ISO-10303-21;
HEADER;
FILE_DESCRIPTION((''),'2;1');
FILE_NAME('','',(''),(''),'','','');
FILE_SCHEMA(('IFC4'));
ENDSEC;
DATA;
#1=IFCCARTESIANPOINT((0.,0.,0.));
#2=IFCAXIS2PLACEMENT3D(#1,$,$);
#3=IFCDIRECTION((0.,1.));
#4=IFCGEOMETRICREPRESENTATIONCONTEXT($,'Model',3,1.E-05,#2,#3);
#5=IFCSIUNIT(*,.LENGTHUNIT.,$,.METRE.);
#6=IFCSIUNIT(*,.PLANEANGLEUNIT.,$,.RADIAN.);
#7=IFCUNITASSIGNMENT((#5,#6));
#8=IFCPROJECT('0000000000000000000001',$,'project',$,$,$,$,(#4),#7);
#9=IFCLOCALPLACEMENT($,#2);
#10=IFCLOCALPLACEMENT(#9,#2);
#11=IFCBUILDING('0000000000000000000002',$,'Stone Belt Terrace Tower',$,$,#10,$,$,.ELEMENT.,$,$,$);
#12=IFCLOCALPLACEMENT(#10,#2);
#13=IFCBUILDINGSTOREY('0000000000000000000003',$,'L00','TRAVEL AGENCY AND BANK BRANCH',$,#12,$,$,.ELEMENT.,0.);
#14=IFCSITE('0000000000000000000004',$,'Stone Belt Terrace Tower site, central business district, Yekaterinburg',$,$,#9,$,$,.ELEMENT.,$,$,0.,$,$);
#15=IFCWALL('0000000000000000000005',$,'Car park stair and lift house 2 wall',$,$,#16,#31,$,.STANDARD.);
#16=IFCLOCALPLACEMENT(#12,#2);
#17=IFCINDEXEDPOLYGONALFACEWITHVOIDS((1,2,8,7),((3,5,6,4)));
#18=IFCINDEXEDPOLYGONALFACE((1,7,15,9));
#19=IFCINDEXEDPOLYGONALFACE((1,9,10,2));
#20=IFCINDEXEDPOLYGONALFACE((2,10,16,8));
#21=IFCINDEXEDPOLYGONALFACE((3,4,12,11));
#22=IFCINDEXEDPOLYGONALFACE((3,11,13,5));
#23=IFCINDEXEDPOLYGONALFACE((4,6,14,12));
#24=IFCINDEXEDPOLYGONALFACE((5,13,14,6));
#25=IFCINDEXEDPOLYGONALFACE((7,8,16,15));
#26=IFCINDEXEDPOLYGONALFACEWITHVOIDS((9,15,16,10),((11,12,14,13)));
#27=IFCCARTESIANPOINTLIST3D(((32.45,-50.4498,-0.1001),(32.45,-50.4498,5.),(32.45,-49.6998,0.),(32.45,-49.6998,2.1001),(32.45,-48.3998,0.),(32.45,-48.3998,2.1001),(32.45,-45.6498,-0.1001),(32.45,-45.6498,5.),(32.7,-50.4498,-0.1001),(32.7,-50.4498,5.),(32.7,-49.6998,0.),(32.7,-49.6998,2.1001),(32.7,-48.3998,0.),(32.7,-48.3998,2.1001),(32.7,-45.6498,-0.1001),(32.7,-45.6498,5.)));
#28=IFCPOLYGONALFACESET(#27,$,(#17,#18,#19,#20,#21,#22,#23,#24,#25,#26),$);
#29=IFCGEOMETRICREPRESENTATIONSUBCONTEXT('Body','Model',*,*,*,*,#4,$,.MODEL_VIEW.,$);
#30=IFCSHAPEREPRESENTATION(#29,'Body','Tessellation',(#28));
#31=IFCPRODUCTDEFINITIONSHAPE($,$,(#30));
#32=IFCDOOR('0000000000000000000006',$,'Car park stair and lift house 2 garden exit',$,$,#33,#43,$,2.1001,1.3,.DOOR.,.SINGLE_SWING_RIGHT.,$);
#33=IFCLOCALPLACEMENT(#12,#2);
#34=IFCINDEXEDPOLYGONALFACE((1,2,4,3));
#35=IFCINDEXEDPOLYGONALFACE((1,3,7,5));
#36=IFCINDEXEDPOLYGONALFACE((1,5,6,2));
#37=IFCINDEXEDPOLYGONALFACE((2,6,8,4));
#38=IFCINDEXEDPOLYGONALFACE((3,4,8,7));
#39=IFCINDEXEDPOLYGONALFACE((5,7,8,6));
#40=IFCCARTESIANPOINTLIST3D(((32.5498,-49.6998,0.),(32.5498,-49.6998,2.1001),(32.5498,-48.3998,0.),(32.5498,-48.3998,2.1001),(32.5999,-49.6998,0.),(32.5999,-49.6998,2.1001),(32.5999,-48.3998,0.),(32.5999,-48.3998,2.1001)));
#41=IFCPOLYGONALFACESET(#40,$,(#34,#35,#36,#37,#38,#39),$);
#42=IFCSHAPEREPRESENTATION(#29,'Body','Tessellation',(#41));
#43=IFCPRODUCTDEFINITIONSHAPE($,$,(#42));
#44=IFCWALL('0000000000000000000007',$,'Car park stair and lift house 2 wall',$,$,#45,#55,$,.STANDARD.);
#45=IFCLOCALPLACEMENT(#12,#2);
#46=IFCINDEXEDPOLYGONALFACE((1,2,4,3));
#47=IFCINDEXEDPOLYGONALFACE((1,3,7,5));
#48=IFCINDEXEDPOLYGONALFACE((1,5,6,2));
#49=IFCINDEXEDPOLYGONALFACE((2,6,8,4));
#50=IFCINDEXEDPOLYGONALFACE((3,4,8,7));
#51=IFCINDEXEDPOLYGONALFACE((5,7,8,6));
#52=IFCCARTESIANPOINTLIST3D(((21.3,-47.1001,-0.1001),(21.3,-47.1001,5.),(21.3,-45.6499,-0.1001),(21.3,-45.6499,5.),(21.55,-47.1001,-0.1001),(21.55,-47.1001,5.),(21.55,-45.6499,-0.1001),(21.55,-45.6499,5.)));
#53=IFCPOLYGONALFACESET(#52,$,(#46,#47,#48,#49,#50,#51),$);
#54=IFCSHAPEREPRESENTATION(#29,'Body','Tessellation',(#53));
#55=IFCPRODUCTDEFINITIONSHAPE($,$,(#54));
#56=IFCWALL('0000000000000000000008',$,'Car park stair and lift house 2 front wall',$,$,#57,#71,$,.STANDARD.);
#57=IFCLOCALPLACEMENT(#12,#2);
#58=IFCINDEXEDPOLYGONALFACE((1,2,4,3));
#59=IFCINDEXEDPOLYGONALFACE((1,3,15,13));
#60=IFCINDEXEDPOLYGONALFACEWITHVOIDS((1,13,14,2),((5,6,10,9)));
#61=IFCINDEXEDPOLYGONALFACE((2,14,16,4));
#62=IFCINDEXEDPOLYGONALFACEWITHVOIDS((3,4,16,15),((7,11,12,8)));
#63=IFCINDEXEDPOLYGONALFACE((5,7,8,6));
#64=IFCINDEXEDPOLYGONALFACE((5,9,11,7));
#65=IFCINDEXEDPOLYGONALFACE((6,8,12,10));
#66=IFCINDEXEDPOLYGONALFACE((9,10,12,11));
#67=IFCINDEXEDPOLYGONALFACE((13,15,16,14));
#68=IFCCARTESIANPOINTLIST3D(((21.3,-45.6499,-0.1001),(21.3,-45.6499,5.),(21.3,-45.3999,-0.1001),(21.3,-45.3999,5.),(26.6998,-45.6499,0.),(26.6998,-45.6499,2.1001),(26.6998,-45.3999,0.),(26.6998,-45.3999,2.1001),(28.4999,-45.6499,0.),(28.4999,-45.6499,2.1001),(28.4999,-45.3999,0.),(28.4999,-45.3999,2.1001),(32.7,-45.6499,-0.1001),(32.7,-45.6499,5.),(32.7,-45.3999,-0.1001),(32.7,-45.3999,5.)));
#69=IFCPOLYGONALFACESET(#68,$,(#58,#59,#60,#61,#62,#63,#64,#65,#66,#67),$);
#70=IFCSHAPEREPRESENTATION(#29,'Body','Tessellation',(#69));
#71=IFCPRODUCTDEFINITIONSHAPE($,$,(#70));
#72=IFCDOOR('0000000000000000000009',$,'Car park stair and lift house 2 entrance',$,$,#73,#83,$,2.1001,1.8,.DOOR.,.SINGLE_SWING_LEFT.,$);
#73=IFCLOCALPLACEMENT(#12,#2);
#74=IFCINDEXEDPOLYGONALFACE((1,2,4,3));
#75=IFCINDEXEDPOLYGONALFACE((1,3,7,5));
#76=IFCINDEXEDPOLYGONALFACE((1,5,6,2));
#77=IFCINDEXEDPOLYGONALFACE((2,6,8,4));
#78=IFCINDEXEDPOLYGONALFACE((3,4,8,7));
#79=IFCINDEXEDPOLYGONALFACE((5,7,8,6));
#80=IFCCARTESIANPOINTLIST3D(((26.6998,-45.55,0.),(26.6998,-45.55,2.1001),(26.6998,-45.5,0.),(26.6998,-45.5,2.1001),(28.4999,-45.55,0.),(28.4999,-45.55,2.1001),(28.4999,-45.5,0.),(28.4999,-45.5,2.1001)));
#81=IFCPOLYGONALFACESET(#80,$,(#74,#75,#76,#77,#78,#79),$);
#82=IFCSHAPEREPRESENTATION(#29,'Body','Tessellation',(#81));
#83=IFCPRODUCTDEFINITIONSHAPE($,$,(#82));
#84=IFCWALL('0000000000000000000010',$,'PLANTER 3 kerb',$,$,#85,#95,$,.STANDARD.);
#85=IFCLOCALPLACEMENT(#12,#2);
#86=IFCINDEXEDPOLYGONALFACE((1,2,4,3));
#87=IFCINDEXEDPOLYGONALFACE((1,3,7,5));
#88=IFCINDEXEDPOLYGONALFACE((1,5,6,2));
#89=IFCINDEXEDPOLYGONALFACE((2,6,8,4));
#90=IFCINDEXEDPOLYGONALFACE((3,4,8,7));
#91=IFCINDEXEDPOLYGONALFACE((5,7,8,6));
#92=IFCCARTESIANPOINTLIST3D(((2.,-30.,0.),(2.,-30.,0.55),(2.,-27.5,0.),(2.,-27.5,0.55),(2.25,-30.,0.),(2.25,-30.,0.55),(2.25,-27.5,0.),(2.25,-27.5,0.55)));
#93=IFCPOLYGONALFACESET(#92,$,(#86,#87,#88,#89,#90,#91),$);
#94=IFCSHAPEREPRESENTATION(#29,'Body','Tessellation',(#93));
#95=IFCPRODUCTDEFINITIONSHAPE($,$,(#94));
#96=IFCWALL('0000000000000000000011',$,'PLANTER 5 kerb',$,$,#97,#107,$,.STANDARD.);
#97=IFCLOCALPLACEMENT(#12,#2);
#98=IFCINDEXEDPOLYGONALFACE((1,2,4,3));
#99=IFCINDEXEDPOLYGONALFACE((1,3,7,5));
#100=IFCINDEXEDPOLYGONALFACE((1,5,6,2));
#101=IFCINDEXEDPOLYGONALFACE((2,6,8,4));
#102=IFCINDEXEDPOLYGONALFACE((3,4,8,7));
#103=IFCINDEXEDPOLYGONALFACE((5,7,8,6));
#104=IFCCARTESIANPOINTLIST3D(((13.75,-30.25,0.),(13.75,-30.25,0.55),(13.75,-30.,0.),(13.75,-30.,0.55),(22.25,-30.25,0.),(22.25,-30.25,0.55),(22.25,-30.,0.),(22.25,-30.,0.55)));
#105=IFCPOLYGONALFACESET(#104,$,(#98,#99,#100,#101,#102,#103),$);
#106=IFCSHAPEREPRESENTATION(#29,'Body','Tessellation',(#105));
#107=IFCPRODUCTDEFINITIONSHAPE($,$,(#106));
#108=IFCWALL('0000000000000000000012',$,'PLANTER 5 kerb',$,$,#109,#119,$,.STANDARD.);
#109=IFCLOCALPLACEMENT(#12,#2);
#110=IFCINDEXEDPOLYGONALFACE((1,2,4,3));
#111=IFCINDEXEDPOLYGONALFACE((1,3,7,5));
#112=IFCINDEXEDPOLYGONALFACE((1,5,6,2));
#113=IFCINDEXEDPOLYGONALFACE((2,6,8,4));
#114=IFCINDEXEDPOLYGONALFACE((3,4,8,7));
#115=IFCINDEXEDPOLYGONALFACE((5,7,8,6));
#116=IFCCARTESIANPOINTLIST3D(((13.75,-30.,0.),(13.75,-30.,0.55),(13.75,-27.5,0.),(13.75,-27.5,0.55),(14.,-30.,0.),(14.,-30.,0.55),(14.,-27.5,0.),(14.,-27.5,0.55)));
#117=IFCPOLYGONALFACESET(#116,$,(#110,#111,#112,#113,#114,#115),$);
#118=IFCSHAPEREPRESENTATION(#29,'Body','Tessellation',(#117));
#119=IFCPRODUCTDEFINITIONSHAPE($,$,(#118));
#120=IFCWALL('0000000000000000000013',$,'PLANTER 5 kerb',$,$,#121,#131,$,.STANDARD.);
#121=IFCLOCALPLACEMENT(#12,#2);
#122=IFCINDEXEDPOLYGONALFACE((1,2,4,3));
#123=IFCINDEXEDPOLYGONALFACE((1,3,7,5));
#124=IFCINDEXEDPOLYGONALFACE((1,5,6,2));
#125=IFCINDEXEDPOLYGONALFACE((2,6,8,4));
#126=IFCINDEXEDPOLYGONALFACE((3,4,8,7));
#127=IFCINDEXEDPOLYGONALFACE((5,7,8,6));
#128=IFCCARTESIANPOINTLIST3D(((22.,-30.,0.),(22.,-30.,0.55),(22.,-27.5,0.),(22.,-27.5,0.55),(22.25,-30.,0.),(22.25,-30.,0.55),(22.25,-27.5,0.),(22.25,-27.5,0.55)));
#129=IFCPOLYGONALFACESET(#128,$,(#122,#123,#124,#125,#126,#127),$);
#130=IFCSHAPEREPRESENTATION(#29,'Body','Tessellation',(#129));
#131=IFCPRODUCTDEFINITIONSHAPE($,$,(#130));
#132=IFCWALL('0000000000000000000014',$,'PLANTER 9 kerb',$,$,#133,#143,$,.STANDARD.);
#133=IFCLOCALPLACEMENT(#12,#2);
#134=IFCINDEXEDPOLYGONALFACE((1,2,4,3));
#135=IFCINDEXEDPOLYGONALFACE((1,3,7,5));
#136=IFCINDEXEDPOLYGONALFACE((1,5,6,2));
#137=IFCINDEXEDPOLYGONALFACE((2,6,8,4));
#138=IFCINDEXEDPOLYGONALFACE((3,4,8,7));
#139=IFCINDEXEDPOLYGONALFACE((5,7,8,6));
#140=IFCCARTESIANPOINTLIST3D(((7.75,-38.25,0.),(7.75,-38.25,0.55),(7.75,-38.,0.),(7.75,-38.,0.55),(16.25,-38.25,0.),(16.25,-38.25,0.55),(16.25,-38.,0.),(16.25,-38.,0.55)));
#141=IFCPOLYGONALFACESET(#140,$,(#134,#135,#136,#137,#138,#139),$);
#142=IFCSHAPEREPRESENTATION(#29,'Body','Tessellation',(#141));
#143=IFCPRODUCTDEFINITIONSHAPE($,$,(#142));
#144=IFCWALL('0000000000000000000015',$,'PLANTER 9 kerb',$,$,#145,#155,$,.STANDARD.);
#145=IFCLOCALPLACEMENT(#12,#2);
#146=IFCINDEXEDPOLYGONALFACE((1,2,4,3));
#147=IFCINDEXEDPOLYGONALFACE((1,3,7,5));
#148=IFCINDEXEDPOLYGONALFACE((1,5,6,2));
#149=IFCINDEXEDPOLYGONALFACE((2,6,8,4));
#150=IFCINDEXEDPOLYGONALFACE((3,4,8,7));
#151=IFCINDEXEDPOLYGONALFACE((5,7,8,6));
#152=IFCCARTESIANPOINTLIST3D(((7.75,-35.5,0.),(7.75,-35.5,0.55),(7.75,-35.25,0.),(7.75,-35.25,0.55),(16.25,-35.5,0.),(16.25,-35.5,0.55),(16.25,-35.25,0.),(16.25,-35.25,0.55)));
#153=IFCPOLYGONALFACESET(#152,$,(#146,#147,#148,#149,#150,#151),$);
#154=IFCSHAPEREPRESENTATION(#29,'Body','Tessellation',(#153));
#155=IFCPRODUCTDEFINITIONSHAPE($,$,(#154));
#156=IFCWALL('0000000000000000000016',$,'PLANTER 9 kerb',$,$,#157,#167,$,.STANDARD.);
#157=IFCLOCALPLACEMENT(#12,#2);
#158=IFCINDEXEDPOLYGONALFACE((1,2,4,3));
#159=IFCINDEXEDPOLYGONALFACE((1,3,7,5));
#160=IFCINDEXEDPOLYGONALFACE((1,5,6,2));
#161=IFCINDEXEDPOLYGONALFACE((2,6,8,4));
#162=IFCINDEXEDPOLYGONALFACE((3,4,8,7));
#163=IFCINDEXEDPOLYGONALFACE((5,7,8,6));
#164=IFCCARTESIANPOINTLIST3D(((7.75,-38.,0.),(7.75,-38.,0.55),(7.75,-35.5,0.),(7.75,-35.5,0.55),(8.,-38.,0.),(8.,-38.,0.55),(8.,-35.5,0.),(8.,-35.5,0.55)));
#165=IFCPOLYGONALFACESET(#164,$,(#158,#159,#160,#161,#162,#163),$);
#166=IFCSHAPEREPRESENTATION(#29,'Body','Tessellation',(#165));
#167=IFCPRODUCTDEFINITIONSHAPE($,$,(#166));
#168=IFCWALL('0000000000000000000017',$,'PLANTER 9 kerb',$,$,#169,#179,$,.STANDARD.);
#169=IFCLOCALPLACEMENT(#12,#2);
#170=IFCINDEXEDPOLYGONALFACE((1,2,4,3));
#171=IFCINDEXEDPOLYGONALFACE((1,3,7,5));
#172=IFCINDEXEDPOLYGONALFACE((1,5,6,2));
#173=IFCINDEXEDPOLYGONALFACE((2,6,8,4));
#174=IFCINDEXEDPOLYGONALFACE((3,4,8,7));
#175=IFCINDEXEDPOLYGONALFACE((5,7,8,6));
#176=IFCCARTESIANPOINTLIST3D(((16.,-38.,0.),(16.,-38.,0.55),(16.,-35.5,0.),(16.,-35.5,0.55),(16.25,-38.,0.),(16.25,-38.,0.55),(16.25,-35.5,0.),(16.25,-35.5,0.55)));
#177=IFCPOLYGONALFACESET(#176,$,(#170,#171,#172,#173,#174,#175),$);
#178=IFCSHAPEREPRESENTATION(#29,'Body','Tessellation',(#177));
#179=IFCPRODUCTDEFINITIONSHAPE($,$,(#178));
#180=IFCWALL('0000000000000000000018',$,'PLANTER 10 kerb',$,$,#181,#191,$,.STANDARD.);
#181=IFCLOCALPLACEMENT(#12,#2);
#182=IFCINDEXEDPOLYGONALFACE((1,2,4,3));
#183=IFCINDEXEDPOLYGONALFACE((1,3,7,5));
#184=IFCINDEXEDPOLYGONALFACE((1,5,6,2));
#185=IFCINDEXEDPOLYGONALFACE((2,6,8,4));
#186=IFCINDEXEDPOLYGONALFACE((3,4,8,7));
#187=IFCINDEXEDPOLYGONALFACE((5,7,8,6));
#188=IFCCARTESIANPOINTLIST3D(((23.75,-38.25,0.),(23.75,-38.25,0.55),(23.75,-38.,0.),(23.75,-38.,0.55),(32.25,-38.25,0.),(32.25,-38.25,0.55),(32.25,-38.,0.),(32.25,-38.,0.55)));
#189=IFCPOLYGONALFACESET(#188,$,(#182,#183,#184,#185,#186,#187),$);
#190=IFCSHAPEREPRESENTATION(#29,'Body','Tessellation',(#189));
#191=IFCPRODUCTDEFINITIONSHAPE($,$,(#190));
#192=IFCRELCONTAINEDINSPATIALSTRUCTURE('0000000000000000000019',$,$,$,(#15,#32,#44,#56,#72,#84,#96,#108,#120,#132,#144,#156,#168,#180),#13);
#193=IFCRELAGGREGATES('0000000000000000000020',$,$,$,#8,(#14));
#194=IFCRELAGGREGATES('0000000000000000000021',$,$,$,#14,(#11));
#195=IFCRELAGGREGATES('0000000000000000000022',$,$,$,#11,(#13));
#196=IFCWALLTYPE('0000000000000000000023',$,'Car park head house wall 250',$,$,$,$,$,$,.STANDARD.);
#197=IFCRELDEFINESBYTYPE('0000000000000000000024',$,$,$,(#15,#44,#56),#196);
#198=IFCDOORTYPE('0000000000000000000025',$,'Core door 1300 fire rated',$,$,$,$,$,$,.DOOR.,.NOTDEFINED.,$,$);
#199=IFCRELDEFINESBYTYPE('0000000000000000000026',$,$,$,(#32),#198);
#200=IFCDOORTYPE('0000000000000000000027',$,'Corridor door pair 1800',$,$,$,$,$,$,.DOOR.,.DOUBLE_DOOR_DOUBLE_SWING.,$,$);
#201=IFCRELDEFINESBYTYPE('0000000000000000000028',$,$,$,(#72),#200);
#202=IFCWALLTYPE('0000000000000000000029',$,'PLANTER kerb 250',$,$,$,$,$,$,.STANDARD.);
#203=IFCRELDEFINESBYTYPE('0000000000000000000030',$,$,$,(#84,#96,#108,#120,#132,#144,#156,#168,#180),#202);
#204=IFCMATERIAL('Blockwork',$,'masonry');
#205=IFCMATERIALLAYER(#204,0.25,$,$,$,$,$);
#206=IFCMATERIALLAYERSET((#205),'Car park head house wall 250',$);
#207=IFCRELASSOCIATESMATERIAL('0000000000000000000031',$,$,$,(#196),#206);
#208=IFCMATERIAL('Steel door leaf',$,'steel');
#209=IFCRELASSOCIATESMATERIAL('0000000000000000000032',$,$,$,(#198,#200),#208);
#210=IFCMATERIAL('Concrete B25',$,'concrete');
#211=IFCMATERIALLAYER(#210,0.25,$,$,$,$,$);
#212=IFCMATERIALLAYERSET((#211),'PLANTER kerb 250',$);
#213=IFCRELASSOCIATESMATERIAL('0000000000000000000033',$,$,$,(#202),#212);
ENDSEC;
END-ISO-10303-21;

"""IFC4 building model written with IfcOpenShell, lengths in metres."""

from ifc_helpers import new_model, si_unit, direction, frame, frame_2d, origin, place, context, subcontext, project, spatial, rectangle, extrude, material, layer, layer_set, type_object, element, fill, save


model = new_model("IFC4")

# Units and contexts
model_context = context("Model", 3, precision=1e-05, world=origin(), true_north=direction((0.0, 1.0)))
body_context = subcontext(model_context, "Body", "Model", "MODEL_VIEW")
ifc_project = project(units=[si_unit("LENGTHUNIT", "METRE"), si_unit("PLANEANGLEUNIT", "RADIAN")], contexts=[model_context])

# Site, building, storey
site_placement = place(None, origin())
site = spatial("IfcSite", under=ifc_project, at=site_placement, Name="Stone Belt Terrace Tower site, central business district, Yekaterinburg", CompositionType="ELEMENT", RefElevation=0.0)
building_placement = place(site_placement, origin())
building = spatial("IfcBuilding", under=site, at=building_placement, Name="Stone Belt Terrace Tower", CompositionType="ELEMENT")
storey_placement = place(building_placement, origin())
storey = spatial("IfcBuildingStorey", under=building, at=storey_placement, Name="L00", Description="TRAVEL AGENCY AND BANK BRANCH", CompositionType="ELEMENT", Elevation=0.0)

# Wall, opening, door
ifc_material_1 = material(Name="Blockwork", Category="masonry")
ifc_layer_1 = layer(ifc_material_1, 0.25)
ifc_layer_set_1 = layer_set([ifc_layer_1], Name="Car park head house wall 250")
wall_type_1 = type_object("IfcWallType", Name="Car park head house wall 250", PredefinedType="STANDARD", material=ifc_layer_set_1)
wall_1_placement = place(storey_placement, frame((32.575, -45.6499, -0.1001), z_axis=(0.0, 0.0, 1.0), x_axis=(0.0, -1.0, 0.0)))
wall_1 = element("IfcWall", 1, at=wall_1_placement, inside=storey, type_object=wall_type_1, Name="Car park stair and lift house 2 wall", PredefinedType="STANDARD", context=body_context, shape_type="SweptSolid", body=[
    extrude(rectangle(XDim=4.8, YDim=0.25, at=frame_2d((2.3999, 0.0))), origin(), (0.0, 0.0, 1.0), 5.1001),
])
opening_1_placement = place(wall_1_placement, frame((2.75, 0.0, 0.1001)))
opening_1 = element("IfcOpeningElement", 2, at=opening_1_placement, cuts=wall_1, PredefinedType="OPENING", context=body_context, shape_type="SweptSolid", body=[
    extrude(rectangle(XDim=1.3, YDim=2.1001, at=frame_2d((0.6499, 1.05))), frame((0.0, 0.135, 0.0), z_axis=(0.0, -1.0, 0.0), x_axis=(1.0, 0.0, 0.0)), (0.0, 0.0, 1.0), 0.27),
])
ifc_material_2 = material(Name="Steel door leaf", Category="steel")
door_type_1 = type_object("IfcDoorType", Name="Core door 1300 fire rated", OperationType="NOTDEFINED", PredefinedType="DOOR", material=ifc_material_2)
door_1_placement = place(opening_1_placement, origin())
door_1 = element("IfcDoor", 3, at=door_1_placement, inside=storey, type_object=door_type_1, Name="Car park stair and lift house 2 garden exit", OperationType="SINGLE_SWING_RIGHT", OverallHeight=2.1001, OverallWidth=1.3, PredefinedType="DOOR", context=body_context, shape_type="SweptSolid", body=[
    extrude(rectangle(XDim=1.3, YDim=2.1001, at=frame_2d((0.6499, 1.05))), frame((0.0, 0.0249, 0.0), z_axis=(0.0, -1.0, 0.0), x_axis=(1.0, 0.0, 0.0)), (0.0, 0.0, 1.0), 0.05),
])
fill(opening_1, door_1)

# Wall
wall_2_placement = place(storey_placement, frame((21.425, -47.1001, -0.1001), z_axis=(0.0, 0.0, 1.0), x_axis=(0.0, 1.0, 0.0)))
element("IfcWall", 4, at=wall_2_placement, inside=storey, type_object=wall_type_1, Name="Car park stair and lift house 2 wall", PredefinedType="STANDARD", context=body_context, shape_type="SweptSolid", body=[
    extrude(rectangle(XDim=1.4502, YDim=0.25, at=frame_2d((0.7251, 0.0))), origin(), (0.0, 0.0, 1.0), 5.1001),
])

# Wall, opening, door
wall_3_placement = place(storey_placement, frame((21.3, -45.5249, -0.1001), z_axis=(0.0, 0.0, 1.0), x_axis=(1.0, 0.0, 0.0)))
wall_3 = element("IfcWall", 5, at=wall_3_placement, inside=storey, type_object=wall_type_1, Name="Car park stair and lift house 2 front wall", PredefinedType="STANDARD", context=body_context, shape_type="SweptSolid", body=[
    extrude(rectangle(XDim=11.3999, YDim=0.25, at=frame_2d((5.7, 0.0))), origin(), (0.0, 0.0, 1.0), 5.1001),
])
opening_2_placement = place(wall_3_placement, frame((5.3999, 0.0, 0.1001)))
opening_2 = element("IfcOpeningElement", 6, at=opening_2_placement, cuts=wall_3, PredefinedType="OPENING", context=body_context, shape_type="SweptSolid", body=[
    extrude(rectangle(XDim=1.8, YDim=2.1001, at=frame_2d((0.8999, 1.05))), frame((0.0, 0.135, 0.0), z_axis=(0.0, -1.0, 0.0), x_axis=(1.0, 0.0, 0.0)), (0.0, 0.0, 1.0), 0.27),
])
door_type_2 = type_object("IfcDoorType", Name="Corridor door pair 1800", OperationType="DOUBLE_DOOR_DOUBLE_SWING", PredefinedType="DOOR", material=ifc_material_2)
door_2_placement = place(opening_2_placement, origin())
door_2 = element("IfcDoor", 7, at=door_2_placement, inside=storey, type_object=door_type_2, Name="Car park stair and lift house 2 entrance", OperationType="SINGLE_SWING_LEFT", OverallHeight=2.1001, OverallWidth=1.8, PredefinedType="DOOR", context=body_context, shape_type="SweptSolid", body=[
    extrude(rectangle(XDim=1.8, YDim=2.1001, at=frame_2d((0.8999, 1.05))), frame((0.0, 0.0249, 0.0), z_axis=(0.0, -1.0, 0.0), x_axis=(1.0, 0.0, 0.0)), (0.0, 0.0, 1.0), 0.05),
])
fill(opening_2, door_2)

# Walls
ifc_material_3 = material(Name="Concrete B25", Category="concrete")
ifc_layer_2 = layer(ifc_material_3, 0.25)
ifc_layer_set_2 = layer_set([ifc_layer_2], Name="PLANTER kerb 250")
wall_type_2 = type_object("IfcWallType", Name="PLANTER kerb 250", PredefinedType="STANDARD", material=ifc_layer_set_2)
wall_4_placement = place(storey_placement, frame((2.125, -30.0, 0.0), z_axis=(0.0, 0.0, 1.0), x_axis=(0.0, 1.0, 0.0)))
element("IfcWall", 8, at=wall_4_placement, inside=storey, type_object=wall_type_2, Name="PLANTER 3 kerb", PredefinedType="STANDARD", context=body_context, shape_type="SweptSolid", body=[
    extrude(rectangle(XDim=2.5, YDim=0.25, at=frame_2d((1.25, 0.0))), origin(), (0.0, 0.0, 1.0), 0.55),
])
wall_5_placement = place(storey_placement, frame((13.75, -30.125, 0.0), z_axis=(0.0, 0.0, 1.0), x_axis=(1.0, 0.0, 0.0)))
element("IfcWall", 9, at=wall_5_placement, inside=storey, type_object=wall_type_2, Name="PLANTER 5 kerb", PredefinedType="STANDARD", context=body_context, shape_type="SweptSolid", body=[
    extrude(rectangle(XDim=8.5, YDim=0.25, at=frame_2d((4.25, 0.0))), origin(), (0.0, 0.0, 1.0), 0.55),
])
for number, where, z_axis, x_axis, name in (
    (10, (13.875, -30.0, 0.0), (0.0, 0.0, 1.0), (0.0, 1.0, 0.0), "PLANTER 5 kerb"),
    (11, (22.125, -30.0, 0.0), (0.0, 0.0, 1.0), (0.0, 1.0, 0.0), "PLANTER 5 kerb"),
):
    element("IfcWall", number, at=place(storey_placement, frame(where, z_axis=z_axis, x_axis=x_axis)), inside=storey, type_object=wall_type_2, Name=name, PredefinedType="STANDARD", context=body_context, shape_type="SweptSolid", body=[
        extrude(rectangle(XDim=2.5, YDim=0.25, at=frame_2d((1.25, 0.0))), origin(), (0.0, 0.0, 1.0), 0.55),
    ])
for number, where, z_axis, x_axis, name in (
    (12, (7.75, -38.125, 0.0), (0.0, 0.0, 1.0), (1.0, 0.0, 0.0), "PLANTER 9 kerb"),
    (13, (7.75, -35.375, 0.0), (0.0, 0.0, 1.0), (1.0, 0.0, 0.0), "PLANTER 9 kerb"),
):
    element("IfcWall", number, at=place(storey_placement, frame(where, z_axis=z_axis, x_axis=x_axis)), inside=storey, type_object=wall_type_2, Name=name, PredefinedType="STANDARD", context=body_context, shape_type="SweptSolid", body=[
        extrude(rectangle(XDim=8.5, YDim=0.25, at=frame_2d((4.25, 0.0))), origin(), (0.0, 0.0, 1.0), 0.55),
    ])
for number, where, z_axis, x_axis, name in (
    (14, (7.875, -38.0, 0.0), (0.0, 0.0, 1.0), (0.0, 1.0, 0.0), "PLANTER 9 kerb"),
    (15, (16.125, -38.0, 0.0), (0.0, 0.0, 1.0), (0.0, 1.0, 0.0), "PLANTER 9 kerb"),
):
    element("IfcWall", number, at=place(storey_placement, frame(where, z_axis=z_axis, x_axis=x_axis)), inside=storey, type_object=wall_type_2, Name=name, PredefinedType="STANDARD", context=body_context, shape_type="SweptSolid", body=[
        extrude(rectangle(XDim=2.5, YDim=0.25, at=frame_2d((1.25, 0.0))), origin(), (0.0, 0.0, 1.0), 0.55),
    ])
for number, where, z_axis, x_axis, name in (
    (16, (23.75, -38.125, 0.0), (0.0, 0.0, 1.0), (1.0, 0.0, 0.0), "PLANTER 10 kerb"),
):
    element("IfcWall", number, at=place(storey_placement, frame(where, z_axis=z_axis, x_axis=x_axis)), inside=storey, type_object=wall_type_2, Name=name, PredefinedType="STANDARD", context=body_context, shape_type="SweptSolid", body=[
        extrude(rectangle(XDim=8.5, YDim=0.25, at=frame_2d((4.25, 0.0))), origin(), (0.0, 0.0, 1.0), 0.55),
    ])

save(model, "model.ifc")
